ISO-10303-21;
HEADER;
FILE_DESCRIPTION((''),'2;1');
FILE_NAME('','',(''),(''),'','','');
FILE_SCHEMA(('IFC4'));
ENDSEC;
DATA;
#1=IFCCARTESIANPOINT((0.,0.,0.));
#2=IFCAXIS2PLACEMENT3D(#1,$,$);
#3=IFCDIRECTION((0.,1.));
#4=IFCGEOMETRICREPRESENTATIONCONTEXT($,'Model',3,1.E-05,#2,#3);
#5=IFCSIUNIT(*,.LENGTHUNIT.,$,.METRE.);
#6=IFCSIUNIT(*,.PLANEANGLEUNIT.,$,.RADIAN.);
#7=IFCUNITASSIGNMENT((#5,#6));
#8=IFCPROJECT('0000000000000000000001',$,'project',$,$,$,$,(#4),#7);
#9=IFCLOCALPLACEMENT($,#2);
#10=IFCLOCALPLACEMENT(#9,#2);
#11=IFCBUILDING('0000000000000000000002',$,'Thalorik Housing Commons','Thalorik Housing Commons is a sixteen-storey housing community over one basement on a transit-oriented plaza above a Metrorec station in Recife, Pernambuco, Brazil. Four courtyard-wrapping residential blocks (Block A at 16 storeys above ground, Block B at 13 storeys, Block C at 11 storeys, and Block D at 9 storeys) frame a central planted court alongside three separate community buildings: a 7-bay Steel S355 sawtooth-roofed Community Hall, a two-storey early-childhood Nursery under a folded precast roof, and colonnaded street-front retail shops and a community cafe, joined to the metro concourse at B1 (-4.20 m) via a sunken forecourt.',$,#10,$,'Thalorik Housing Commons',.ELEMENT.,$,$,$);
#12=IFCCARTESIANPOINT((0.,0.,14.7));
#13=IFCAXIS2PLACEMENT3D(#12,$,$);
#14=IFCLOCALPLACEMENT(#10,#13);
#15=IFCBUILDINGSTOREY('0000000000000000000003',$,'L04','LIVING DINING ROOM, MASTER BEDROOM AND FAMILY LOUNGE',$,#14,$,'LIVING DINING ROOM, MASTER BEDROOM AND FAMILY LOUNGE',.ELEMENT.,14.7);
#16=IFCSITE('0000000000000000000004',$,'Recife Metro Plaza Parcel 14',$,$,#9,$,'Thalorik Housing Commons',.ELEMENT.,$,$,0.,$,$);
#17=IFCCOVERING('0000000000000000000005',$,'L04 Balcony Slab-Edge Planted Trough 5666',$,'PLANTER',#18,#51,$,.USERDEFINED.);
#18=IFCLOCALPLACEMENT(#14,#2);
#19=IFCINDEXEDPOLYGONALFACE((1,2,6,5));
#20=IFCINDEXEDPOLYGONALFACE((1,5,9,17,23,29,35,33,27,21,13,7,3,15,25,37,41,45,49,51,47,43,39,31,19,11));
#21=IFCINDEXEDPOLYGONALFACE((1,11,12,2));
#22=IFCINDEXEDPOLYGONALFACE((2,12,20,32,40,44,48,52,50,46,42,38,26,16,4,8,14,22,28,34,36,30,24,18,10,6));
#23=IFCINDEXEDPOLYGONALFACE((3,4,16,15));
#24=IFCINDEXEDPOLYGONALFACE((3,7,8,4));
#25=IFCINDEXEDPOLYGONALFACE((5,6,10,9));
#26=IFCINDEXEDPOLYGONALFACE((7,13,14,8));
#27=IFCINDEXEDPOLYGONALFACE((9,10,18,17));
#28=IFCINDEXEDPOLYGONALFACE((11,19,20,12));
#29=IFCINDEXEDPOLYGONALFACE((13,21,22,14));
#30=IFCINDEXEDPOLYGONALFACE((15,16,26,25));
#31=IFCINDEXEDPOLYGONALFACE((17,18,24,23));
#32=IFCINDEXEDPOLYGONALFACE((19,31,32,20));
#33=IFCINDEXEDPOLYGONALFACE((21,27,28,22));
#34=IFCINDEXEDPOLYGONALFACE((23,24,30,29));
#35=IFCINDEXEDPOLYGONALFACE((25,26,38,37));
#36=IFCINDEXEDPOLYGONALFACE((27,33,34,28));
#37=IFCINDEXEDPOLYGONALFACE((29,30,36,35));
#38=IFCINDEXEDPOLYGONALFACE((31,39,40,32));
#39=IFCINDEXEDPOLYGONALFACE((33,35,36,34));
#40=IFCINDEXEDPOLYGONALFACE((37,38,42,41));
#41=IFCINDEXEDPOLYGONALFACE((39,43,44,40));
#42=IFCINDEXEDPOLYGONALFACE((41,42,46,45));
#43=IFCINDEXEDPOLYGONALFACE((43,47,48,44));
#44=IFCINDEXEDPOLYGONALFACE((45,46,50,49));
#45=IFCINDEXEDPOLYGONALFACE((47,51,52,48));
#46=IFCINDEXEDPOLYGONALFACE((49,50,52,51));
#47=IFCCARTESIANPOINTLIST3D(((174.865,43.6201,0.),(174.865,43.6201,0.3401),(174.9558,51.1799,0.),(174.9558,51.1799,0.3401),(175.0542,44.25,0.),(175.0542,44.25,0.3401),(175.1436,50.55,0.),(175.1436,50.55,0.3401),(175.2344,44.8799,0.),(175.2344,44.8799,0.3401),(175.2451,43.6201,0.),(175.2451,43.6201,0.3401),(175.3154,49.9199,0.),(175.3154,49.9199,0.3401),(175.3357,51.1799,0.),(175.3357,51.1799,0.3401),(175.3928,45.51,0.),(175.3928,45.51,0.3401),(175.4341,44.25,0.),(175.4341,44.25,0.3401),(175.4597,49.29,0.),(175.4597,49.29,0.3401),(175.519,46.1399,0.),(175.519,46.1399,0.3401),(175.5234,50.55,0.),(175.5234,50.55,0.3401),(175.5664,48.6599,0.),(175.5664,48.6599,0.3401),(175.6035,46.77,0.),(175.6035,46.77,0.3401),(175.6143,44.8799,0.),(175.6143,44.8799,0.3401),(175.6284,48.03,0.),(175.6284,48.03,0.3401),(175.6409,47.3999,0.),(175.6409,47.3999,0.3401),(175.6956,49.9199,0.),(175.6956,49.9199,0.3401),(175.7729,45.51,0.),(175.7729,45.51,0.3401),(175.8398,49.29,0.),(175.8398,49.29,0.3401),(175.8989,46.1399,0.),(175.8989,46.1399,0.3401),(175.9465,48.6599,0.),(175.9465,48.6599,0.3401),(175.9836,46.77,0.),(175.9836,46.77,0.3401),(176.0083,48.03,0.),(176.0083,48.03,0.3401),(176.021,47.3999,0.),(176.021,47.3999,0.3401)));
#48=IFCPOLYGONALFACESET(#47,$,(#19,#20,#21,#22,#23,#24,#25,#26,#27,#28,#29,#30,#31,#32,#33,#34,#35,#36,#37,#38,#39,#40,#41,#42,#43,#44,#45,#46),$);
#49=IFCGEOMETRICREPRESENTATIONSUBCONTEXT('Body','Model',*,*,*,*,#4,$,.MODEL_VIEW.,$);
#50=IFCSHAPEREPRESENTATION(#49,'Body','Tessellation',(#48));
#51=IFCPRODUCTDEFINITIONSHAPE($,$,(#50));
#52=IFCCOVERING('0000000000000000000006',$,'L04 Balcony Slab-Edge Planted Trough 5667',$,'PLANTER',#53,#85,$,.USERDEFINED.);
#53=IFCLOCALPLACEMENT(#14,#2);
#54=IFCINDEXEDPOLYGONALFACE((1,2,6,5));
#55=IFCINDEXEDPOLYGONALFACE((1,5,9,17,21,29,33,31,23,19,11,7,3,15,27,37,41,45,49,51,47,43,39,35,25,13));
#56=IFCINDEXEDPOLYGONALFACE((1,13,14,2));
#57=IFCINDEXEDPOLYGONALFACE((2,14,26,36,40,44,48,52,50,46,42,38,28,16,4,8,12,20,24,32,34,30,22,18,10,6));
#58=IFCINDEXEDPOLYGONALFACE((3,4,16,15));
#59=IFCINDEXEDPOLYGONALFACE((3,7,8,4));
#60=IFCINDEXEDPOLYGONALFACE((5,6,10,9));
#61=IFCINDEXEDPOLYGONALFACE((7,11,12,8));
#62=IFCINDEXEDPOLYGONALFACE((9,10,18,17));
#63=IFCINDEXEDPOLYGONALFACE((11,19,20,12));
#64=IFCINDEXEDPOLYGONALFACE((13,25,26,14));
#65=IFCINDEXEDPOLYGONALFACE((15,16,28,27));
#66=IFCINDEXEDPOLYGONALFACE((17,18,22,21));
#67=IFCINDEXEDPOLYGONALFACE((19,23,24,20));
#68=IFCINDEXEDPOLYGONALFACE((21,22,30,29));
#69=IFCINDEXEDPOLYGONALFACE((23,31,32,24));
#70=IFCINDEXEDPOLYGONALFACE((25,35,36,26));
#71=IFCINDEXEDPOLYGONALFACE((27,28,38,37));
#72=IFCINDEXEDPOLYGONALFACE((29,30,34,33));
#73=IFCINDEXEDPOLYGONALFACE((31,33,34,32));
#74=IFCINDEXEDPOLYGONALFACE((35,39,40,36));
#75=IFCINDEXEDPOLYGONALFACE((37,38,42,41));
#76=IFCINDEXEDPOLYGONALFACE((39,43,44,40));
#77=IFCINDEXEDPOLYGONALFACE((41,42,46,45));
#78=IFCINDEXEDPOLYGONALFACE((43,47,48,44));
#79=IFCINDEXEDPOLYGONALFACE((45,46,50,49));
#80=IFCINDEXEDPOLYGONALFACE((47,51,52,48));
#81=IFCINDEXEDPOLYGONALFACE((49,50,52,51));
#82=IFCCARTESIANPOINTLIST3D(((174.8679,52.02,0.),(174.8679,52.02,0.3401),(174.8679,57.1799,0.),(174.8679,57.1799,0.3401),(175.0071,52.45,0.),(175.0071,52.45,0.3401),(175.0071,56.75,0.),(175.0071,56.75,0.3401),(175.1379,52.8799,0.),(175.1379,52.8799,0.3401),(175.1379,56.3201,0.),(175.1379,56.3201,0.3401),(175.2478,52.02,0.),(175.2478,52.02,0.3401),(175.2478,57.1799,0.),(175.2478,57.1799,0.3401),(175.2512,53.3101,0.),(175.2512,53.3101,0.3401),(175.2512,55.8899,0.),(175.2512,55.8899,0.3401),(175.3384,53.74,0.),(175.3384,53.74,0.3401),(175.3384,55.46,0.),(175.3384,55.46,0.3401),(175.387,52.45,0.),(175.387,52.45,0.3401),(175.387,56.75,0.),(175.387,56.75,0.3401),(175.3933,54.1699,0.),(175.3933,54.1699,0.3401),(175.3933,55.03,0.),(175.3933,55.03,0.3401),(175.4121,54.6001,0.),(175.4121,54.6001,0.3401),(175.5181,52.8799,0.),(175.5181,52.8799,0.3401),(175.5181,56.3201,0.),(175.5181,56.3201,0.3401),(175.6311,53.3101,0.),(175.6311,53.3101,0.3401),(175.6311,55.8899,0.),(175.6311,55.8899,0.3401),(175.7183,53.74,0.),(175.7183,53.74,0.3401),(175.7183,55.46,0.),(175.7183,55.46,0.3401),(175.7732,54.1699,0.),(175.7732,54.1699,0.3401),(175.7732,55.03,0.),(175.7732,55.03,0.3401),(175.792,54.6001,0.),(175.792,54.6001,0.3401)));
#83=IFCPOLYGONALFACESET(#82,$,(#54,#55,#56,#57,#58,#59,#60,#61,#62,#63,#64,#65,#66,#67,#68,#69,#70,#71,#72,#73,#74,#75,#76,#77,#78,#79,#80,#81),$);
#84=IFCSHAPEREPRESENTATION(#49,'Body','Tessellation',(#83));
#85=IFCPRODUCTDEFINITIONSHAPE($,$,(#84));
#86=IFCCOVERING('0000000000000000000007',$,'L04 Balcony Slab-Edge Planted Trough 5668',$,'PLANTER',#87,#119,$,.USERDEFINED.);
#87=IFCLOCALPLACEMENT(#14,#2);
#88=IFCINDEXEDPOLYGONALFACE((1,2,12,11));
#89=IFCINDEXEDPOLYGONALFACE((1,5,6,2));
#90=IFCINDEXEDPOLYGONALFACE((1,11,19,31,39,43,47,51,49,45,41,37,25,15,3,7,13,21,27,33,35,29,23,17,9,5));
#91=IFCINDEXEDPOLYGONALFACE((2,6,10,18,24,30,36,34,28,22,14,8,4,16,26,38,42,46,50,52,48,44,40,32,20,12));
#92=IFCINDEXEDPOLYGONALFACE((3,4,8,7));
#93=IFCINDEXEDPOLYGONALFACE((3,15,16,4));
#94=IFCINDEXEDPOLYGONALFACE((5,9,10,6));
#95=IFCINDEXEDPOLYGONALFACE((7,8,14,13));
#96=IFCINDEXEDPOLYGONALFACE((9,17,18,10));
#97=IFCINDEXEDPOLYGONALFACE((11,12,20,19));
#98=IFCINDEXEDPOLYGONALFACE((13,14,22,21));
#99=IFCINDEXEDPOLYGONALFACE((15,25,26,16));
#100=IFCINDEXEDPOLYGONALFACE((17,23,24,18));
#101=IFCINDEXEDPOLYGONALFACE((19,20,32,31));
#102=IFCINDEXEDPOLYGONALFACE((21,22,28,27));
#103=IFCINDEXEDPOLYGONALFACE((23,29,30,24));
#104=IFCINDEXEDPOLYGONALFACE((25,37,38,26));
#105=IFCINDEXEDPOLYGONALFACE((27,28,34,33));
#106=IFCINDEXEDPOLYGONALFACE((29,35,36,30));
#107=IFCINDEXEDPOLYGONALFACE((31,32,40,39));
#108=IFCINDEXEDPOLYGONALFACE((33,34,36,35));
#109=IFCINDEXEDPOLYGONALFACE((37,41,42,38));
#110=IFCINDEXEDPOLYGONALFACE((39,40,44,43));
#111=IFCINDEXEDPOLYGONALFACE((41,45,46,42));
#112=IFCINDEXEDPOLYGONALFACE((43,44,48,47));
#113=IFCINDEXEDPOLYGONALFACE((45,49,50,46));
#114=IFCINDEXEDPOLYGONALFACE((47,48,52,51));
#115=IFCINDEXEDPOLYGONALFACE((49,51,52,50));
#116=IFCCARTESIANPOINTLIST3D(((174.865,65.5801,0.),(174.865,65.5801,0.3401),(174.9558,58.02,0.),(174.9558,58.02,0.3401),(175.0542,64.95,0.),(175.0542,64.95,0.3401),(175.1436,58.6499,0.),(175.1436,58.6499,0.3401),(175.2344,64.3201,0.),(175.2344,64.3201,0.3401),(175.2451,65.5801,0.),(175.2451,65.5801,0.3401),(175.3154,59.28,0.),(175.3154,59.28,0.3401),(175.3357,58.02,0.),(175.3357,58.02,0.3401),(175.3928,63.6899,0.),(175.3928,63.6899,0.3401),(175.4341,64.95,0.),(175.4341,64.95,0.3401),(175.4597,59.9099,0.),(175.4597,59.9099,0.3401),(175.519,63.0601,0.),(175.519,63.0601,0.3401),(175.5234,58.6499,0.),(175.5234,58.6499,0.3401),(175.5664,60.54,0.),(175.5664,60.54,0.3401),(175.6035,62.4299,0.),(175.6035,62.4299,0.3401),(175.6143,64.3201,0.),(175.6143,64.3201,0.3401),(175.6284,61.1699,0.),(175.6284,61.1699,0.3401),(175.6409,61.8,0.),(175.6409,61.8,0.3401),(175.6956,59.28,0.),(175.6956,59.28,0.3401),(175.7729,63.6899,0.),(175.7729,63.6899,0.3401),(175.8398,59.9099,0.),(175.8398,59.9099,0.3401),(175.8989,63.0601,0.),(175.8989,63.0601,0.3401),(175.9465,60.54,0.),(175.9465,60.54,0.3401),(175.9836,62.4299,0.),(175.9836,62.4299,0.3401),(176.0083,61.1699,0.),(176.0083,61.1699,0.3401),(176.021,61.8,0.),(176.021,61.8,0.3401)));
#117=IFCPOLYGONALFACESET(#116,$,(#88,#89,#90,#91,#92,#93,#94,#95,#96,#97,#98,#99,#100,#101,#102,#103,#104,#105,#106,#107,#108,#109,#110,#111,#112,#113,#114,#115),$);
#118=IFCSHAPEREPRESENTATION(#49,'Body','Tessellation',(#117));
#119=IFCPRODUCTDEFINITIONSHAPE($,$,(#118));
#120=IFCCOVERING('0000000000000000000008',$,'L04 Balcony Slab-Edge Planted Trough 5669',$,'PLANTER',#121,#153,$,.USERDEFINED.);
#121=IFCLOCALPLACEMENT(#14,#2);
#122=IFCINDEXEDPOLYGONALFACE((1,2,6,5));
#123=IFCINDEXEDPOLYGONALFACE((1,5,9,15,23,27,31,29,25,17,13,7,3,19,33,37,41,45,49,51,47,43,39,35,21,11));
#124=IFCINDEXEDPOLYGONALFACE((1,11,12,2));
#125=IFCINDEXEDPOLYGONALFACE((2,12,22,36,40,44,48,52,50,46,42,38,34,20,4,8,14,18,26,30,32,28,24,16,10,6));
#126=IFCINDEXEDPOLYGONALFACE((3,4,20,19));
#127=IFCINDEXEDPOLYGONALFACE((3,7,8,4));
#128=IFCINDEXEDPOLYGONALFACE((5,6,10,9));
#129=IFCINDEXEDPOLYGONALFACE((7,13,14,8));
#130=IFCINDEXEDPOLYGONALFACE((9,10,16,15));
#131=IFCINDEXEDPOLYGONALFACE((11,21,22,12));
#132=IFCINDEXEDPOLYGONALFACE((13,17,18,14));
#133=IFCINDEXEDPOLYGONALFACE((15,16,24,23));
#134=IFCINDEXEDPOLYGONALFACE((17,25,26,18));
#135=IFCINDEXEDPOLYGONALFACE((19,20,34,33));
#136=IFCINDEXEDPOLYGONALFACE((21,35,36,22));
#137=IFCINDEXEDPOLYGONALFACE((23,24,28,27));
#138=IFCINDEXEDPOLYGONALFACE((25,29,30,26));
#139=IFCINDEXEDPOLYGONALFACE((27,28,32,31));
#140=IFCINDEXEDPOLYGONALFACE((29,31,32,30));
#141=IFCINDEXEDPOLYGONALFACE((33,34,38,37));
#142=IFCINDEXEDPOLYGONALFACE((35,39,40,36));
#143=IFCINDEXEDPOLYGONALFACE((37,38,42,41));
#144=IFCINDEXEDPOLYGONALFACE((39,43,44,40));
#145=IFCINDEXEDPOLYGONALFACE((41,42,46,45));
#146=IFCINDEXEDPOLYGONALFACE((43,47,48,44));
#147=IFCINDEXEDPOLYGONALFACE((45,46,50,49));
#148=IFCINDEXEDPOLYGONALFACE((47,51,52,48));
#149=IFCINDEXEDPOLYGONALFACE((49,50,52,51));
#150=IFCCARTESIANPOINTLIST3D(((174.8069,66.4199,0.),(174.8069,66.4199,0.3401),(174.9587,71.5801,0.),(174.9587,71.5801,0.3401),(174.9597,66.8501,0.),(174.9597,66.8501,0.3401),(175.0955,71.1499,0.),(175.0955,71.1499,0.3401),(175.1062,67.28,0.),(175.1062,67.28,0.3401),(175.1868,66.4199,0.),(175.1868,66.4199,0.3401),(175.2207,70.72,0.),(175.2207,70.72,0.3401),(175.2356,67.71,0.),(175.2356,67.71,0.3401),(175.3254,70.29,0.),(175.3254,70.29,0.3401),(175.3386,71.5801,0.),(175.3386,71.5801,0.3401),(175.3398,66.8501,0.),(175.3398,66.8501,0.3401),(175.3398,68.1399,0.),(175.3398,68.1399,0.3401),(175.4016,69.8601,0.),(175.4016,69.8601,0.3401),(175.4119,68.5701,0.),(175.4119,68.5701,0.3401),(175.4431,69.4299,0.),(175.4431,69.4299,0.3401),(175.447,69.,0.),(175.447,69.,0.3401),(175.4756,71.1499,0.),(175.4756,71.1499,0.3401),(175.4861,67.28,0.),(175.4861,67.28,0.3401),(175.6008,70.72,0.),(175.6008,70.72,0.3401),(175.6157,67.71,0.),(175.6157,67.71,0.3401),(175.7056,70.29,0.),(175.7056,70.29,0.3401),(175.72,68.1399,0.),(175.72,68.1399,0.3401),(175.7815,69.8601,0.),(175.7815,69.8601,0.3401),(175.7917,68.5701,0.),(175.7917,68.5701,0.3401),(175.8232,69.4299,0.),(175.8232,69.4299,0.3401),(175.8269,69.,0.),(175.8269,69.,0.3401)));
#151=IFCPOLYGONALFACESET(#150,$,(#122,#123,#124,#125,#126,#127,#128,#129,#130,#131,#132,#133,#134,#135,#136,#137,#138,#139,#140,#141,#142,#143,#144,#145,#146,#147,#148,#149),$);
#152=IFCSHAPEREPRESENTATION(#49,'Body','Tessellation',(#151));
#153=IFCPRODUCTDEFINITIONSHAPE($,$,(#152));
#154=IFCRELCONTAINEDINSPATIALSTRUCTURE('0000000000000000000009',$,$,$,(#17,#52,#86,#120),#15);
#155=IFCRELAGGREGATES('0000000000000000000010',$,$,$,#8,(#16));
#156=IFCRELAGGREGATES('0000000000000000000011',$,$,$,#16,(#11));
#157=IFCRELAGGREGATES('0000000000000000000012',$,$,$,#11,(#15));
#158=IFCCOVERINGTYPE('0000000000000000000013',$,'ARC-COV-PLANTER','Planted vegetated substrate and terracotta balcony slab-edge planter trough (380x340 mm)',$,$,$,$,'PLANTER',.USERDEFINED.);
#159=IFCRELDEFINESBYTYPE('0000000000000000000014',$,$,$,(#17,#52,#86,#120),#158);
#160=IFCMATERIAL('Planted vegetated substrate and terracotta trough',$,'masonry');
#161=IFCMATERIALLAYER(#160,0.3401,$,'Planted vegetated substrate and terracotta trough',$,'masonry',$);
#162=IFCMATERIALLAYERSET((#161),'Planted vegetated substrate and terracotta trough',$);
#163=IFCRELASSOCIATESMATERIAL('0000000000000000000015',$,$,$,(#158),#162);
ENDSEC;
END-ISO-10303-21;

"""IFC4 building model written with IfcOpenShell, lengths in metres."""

from ifc_helpers import new_model, si_unit, direction, frame, origin, place, context, subcontext, project, spatial, polyline, outline, extrude, material, layer, layer_set, type_object, element, save


model = new_model("IFC4")

# Units and contexts
model_context = context("Model", 3, precision=1e-05, world=origin(), true_north=direction((0.0, 1.0)))
body_context = subcontext(model_context, "Body", "Model", "MODEL_VIEW")
ifc_project = project(units=[si_unit("LENGTHUNIT", "METRE"), si_unit("PLANEANGLEUNIT", "RADIAN")], contexts=[model_context])

# Site, building, storey
site_placement = place(None, origin())
site = spatial("IfcSite", under=ifc_project, at=site_placement, Name="Recife Metro Plaza Parcel 14", LongName="Thalorik Housing Commons", CompositionType="ELEMENT", RefElevation=0.0)
building_placement = place(site_placement, origin())
building = spatial("IfcBuilding", under=site, at=building_placement, Name="Thalorik Housing Commons", Description="Thalorik Housing Commons is a sixteen-storey housing community over one basement on a transit-oriented plaza above a Metrorec station in Recife, Pernambuco, Brazil. Four courtyard-wrapping residential blocks (Block A at 16 storeys above ground, Block B at 13 storeys, Block C at 11 storeys, and Block D at 9 storeys) frame a central planted court alongside three separate community buildings: a 7-bay Steel S355 sawtooth-roofed Community Hall, a two-storey early-childhood Nursery under a folded precast roof, and colonnaded street-front retail shops and a community cafe, joined to the metro concourse at B1 (-4.20 m) via a sunken forecourt.", LongName="Thalorik Housing Commons", CompositionType="ELEMENT")
storey_placement = place(building_placement, frame((0.0, 0.0, 14.7)))
storey = spatial("IfcBuildingStorey", under=building, at=storey_placement, Name="L04", Description="LIVING DINING ROOM, MASTER BEDROOM AND FAMILY LOUNGE", LongName="LIVING DINING ROOM, MASTER BEDROOM AND FAMILY LOUNGE", CompositionType="ELEMENT", Elevation=14.7)

# Coverings
ifc_material_1 = material(Name="Planted vegetated substrate and terracotta trough", Category="masonry")
ifc_layer_1 = layer(ifc_material_1, 0.3401, Name="Planted vegetated substrate and terracotta trough", Category="masonry")
ifc_layer_set_1 = layer_set([ifc_layer_1], Name="Planted vegetated substrate and terracotta trough")
covering_type = type_object("IfcCoveringType", Name="ARC-COV-PLANTER", Description="Planted vegetated substrate and terracotta balcony slab-edge planter trough (380x340 mm)", ElementType="PLANTER", PredefinedType="USERDEFINED", material=ifc_layer_set_1)
covering_1_placement = place(storey_placement, origin())
element("IfcCovering", 1, at=covering_1_placement, inside=storey, type_object=covering_type, Name="L04 Balcony Slab-Edge Planted Trough 5666", ObjectType="PLANTER", PredefinedType="USERDEFINED", context=body_context, shape_type="SweptSolid", body=[
    extrude(outline(polyline([(175.2451, 43.6201), (175.4341, 44.25), (175.6143, 44.8799), (175.7729, 45.51), (175.8989, 46.1399), (175.9836, 46.77), (176.021, 47.3999), (176.0083, 48.03), (175.9465, 48.6599), (175.8398, 49.29), (175.6956, 49.9199), (175.5234, 50.55), (175.3357, 51.1799), (174.9558, 51.1799), (175.1436, 50.55), (175.3154, 49.9199), (175.4597, 49.29), (175.5664, 48.6599), (175.6284, 48.03), (175.6409, 47.3999), (175.6035, 46.77), (175.519, 46.1399), (175.3928, 45.51), (175.2344, 44.8799), (175.0542, 44.25), (174.865, 43.6201), (175.2451, 43.6201)])), origin(), (0.0, 0.0, 1.0), 0.3401),
])
covering_2_placement = place(storey_placement, origin())
element("IfcCovering", 2, at=covering_2_placement, inside=storey, type_object=covering_type, Name="L04 Balcony Slab-Edge Planted Trough 5667", ObjectType="PLANTER", PredefinedType="USERDEFINED", context=body_context, shape_type="SweptSolid", body=[
    extrude(outline(polyline([(175.2478, 52.02), (175.387, 52.45), (175.5181, 52.8799), (175.6311, 53.3101), (175.7183, 53.74), (175.7732, 54.1699), (175.792, 54.6001), (175.7732, 55.03), (175.7183, 55.46), (175.6311, 55.8899), (175.5181, 56.3201), (175.387, 56.75), (175.2478, 57.1799), (174.8679, 57.1799), (175.0071, 56.75), (175.1379, 56.3201), (175.2512, 55.8899), (175.3384, 55.46), (175.3933, 55.03), (175.4121, 54.6001), (175.3933, 54.1699), (175.3384, 53.74), (175.2512, 53.3101), (175.1379, 52.8799), (175.0071, 52.45), (174.8679, 52.02), (175.2478, 52.02)])), origin(), (0.0, 0.0, 1.0), 0.3401),
])
covering_3_placement = place(storey_placement, origin())
element("IfcCovering", 3, at=covering_3_placement, inside=storey, type_object=covering_type, Name="L04 Balcony Slab-Edge Planted Trough 5668", ObjectType="PLANTER", PredefinedType="USERDEFINED", context=body_context, shape_type="SweptSolid", body=[
    extrude(outline(polyline([(175.3357, 58.02), (175.5234, 58.6499), (175.6956, 59.28), (175.8398, 59.9099), (175.9465, 60.54), (176.0083, 61.1699), (176.021, 61.8), (175.9836, 62.4299), (175.8989, 63.0601), (175.7729, 63.6899), (175.6143, 64.3201), (175.4341, 64.95), (175.2451, 65.5801), (174.865, 65.5801), (175.0542, 64.95), (175.2344, 64.3201), (175.3928, 63.6899), (175.519, 63.0601), (175.6035, 62.4299), (175.6409, 61.8), (175.6284, 61.1699), (175.5664, 60.54), (175.4597, 59.9099), (175.3154, 59.28), (175.1436, 58.6499), (174.9558, 58.02), (175.3357, 58.02)])), origin(), (0.0, 0.0, 1.0), 0.3401),
])
covering_4_placement = place(storey_placement, origin())
element("IfcCovering", 4, at=covering_4_placement, inside=storey, type_object=covering_type, Name="L04 Balcony Slab-Edge Planted Trough 5669", ObjectType="PLANTER", PredefinedType="USERDEFINED", context=body_context, shape_type="SweptSolid", body=[
    extrude(outline(polyline([(175.1868, 66.4199), (175.3398, 66.8501), (175.4861, 67.28), (175.6157, 67.71), (175.72, 68.1399), (175.7917, 68.5701), (175.8269, 69.0), (175.8232, 69.4299), (175.7815, 69.8601), (175.7056, 70.29), (175.6008, 70.72), (175.4756, 71.1499), (175.3386, 71.5801), (174.9587, 71.5801), (175.0955, 71.1499), (175.2207, 70.72), (175.3254, 70.29), (175.4016, 69.8601), (175.4431, 69.4299), (175.447, 69.0), (175.4119, 68.5701), (175.3398, 68.1399), (175.2356, 67.71), (175.1062, 67.28), (174.9597, 66.8501), (174.8069, 66.4199), (175.1868, 66.4199)])), origin(), (0.0, 0.0, 1.0), 0.3401),
])

save(model, "model.ifc")
